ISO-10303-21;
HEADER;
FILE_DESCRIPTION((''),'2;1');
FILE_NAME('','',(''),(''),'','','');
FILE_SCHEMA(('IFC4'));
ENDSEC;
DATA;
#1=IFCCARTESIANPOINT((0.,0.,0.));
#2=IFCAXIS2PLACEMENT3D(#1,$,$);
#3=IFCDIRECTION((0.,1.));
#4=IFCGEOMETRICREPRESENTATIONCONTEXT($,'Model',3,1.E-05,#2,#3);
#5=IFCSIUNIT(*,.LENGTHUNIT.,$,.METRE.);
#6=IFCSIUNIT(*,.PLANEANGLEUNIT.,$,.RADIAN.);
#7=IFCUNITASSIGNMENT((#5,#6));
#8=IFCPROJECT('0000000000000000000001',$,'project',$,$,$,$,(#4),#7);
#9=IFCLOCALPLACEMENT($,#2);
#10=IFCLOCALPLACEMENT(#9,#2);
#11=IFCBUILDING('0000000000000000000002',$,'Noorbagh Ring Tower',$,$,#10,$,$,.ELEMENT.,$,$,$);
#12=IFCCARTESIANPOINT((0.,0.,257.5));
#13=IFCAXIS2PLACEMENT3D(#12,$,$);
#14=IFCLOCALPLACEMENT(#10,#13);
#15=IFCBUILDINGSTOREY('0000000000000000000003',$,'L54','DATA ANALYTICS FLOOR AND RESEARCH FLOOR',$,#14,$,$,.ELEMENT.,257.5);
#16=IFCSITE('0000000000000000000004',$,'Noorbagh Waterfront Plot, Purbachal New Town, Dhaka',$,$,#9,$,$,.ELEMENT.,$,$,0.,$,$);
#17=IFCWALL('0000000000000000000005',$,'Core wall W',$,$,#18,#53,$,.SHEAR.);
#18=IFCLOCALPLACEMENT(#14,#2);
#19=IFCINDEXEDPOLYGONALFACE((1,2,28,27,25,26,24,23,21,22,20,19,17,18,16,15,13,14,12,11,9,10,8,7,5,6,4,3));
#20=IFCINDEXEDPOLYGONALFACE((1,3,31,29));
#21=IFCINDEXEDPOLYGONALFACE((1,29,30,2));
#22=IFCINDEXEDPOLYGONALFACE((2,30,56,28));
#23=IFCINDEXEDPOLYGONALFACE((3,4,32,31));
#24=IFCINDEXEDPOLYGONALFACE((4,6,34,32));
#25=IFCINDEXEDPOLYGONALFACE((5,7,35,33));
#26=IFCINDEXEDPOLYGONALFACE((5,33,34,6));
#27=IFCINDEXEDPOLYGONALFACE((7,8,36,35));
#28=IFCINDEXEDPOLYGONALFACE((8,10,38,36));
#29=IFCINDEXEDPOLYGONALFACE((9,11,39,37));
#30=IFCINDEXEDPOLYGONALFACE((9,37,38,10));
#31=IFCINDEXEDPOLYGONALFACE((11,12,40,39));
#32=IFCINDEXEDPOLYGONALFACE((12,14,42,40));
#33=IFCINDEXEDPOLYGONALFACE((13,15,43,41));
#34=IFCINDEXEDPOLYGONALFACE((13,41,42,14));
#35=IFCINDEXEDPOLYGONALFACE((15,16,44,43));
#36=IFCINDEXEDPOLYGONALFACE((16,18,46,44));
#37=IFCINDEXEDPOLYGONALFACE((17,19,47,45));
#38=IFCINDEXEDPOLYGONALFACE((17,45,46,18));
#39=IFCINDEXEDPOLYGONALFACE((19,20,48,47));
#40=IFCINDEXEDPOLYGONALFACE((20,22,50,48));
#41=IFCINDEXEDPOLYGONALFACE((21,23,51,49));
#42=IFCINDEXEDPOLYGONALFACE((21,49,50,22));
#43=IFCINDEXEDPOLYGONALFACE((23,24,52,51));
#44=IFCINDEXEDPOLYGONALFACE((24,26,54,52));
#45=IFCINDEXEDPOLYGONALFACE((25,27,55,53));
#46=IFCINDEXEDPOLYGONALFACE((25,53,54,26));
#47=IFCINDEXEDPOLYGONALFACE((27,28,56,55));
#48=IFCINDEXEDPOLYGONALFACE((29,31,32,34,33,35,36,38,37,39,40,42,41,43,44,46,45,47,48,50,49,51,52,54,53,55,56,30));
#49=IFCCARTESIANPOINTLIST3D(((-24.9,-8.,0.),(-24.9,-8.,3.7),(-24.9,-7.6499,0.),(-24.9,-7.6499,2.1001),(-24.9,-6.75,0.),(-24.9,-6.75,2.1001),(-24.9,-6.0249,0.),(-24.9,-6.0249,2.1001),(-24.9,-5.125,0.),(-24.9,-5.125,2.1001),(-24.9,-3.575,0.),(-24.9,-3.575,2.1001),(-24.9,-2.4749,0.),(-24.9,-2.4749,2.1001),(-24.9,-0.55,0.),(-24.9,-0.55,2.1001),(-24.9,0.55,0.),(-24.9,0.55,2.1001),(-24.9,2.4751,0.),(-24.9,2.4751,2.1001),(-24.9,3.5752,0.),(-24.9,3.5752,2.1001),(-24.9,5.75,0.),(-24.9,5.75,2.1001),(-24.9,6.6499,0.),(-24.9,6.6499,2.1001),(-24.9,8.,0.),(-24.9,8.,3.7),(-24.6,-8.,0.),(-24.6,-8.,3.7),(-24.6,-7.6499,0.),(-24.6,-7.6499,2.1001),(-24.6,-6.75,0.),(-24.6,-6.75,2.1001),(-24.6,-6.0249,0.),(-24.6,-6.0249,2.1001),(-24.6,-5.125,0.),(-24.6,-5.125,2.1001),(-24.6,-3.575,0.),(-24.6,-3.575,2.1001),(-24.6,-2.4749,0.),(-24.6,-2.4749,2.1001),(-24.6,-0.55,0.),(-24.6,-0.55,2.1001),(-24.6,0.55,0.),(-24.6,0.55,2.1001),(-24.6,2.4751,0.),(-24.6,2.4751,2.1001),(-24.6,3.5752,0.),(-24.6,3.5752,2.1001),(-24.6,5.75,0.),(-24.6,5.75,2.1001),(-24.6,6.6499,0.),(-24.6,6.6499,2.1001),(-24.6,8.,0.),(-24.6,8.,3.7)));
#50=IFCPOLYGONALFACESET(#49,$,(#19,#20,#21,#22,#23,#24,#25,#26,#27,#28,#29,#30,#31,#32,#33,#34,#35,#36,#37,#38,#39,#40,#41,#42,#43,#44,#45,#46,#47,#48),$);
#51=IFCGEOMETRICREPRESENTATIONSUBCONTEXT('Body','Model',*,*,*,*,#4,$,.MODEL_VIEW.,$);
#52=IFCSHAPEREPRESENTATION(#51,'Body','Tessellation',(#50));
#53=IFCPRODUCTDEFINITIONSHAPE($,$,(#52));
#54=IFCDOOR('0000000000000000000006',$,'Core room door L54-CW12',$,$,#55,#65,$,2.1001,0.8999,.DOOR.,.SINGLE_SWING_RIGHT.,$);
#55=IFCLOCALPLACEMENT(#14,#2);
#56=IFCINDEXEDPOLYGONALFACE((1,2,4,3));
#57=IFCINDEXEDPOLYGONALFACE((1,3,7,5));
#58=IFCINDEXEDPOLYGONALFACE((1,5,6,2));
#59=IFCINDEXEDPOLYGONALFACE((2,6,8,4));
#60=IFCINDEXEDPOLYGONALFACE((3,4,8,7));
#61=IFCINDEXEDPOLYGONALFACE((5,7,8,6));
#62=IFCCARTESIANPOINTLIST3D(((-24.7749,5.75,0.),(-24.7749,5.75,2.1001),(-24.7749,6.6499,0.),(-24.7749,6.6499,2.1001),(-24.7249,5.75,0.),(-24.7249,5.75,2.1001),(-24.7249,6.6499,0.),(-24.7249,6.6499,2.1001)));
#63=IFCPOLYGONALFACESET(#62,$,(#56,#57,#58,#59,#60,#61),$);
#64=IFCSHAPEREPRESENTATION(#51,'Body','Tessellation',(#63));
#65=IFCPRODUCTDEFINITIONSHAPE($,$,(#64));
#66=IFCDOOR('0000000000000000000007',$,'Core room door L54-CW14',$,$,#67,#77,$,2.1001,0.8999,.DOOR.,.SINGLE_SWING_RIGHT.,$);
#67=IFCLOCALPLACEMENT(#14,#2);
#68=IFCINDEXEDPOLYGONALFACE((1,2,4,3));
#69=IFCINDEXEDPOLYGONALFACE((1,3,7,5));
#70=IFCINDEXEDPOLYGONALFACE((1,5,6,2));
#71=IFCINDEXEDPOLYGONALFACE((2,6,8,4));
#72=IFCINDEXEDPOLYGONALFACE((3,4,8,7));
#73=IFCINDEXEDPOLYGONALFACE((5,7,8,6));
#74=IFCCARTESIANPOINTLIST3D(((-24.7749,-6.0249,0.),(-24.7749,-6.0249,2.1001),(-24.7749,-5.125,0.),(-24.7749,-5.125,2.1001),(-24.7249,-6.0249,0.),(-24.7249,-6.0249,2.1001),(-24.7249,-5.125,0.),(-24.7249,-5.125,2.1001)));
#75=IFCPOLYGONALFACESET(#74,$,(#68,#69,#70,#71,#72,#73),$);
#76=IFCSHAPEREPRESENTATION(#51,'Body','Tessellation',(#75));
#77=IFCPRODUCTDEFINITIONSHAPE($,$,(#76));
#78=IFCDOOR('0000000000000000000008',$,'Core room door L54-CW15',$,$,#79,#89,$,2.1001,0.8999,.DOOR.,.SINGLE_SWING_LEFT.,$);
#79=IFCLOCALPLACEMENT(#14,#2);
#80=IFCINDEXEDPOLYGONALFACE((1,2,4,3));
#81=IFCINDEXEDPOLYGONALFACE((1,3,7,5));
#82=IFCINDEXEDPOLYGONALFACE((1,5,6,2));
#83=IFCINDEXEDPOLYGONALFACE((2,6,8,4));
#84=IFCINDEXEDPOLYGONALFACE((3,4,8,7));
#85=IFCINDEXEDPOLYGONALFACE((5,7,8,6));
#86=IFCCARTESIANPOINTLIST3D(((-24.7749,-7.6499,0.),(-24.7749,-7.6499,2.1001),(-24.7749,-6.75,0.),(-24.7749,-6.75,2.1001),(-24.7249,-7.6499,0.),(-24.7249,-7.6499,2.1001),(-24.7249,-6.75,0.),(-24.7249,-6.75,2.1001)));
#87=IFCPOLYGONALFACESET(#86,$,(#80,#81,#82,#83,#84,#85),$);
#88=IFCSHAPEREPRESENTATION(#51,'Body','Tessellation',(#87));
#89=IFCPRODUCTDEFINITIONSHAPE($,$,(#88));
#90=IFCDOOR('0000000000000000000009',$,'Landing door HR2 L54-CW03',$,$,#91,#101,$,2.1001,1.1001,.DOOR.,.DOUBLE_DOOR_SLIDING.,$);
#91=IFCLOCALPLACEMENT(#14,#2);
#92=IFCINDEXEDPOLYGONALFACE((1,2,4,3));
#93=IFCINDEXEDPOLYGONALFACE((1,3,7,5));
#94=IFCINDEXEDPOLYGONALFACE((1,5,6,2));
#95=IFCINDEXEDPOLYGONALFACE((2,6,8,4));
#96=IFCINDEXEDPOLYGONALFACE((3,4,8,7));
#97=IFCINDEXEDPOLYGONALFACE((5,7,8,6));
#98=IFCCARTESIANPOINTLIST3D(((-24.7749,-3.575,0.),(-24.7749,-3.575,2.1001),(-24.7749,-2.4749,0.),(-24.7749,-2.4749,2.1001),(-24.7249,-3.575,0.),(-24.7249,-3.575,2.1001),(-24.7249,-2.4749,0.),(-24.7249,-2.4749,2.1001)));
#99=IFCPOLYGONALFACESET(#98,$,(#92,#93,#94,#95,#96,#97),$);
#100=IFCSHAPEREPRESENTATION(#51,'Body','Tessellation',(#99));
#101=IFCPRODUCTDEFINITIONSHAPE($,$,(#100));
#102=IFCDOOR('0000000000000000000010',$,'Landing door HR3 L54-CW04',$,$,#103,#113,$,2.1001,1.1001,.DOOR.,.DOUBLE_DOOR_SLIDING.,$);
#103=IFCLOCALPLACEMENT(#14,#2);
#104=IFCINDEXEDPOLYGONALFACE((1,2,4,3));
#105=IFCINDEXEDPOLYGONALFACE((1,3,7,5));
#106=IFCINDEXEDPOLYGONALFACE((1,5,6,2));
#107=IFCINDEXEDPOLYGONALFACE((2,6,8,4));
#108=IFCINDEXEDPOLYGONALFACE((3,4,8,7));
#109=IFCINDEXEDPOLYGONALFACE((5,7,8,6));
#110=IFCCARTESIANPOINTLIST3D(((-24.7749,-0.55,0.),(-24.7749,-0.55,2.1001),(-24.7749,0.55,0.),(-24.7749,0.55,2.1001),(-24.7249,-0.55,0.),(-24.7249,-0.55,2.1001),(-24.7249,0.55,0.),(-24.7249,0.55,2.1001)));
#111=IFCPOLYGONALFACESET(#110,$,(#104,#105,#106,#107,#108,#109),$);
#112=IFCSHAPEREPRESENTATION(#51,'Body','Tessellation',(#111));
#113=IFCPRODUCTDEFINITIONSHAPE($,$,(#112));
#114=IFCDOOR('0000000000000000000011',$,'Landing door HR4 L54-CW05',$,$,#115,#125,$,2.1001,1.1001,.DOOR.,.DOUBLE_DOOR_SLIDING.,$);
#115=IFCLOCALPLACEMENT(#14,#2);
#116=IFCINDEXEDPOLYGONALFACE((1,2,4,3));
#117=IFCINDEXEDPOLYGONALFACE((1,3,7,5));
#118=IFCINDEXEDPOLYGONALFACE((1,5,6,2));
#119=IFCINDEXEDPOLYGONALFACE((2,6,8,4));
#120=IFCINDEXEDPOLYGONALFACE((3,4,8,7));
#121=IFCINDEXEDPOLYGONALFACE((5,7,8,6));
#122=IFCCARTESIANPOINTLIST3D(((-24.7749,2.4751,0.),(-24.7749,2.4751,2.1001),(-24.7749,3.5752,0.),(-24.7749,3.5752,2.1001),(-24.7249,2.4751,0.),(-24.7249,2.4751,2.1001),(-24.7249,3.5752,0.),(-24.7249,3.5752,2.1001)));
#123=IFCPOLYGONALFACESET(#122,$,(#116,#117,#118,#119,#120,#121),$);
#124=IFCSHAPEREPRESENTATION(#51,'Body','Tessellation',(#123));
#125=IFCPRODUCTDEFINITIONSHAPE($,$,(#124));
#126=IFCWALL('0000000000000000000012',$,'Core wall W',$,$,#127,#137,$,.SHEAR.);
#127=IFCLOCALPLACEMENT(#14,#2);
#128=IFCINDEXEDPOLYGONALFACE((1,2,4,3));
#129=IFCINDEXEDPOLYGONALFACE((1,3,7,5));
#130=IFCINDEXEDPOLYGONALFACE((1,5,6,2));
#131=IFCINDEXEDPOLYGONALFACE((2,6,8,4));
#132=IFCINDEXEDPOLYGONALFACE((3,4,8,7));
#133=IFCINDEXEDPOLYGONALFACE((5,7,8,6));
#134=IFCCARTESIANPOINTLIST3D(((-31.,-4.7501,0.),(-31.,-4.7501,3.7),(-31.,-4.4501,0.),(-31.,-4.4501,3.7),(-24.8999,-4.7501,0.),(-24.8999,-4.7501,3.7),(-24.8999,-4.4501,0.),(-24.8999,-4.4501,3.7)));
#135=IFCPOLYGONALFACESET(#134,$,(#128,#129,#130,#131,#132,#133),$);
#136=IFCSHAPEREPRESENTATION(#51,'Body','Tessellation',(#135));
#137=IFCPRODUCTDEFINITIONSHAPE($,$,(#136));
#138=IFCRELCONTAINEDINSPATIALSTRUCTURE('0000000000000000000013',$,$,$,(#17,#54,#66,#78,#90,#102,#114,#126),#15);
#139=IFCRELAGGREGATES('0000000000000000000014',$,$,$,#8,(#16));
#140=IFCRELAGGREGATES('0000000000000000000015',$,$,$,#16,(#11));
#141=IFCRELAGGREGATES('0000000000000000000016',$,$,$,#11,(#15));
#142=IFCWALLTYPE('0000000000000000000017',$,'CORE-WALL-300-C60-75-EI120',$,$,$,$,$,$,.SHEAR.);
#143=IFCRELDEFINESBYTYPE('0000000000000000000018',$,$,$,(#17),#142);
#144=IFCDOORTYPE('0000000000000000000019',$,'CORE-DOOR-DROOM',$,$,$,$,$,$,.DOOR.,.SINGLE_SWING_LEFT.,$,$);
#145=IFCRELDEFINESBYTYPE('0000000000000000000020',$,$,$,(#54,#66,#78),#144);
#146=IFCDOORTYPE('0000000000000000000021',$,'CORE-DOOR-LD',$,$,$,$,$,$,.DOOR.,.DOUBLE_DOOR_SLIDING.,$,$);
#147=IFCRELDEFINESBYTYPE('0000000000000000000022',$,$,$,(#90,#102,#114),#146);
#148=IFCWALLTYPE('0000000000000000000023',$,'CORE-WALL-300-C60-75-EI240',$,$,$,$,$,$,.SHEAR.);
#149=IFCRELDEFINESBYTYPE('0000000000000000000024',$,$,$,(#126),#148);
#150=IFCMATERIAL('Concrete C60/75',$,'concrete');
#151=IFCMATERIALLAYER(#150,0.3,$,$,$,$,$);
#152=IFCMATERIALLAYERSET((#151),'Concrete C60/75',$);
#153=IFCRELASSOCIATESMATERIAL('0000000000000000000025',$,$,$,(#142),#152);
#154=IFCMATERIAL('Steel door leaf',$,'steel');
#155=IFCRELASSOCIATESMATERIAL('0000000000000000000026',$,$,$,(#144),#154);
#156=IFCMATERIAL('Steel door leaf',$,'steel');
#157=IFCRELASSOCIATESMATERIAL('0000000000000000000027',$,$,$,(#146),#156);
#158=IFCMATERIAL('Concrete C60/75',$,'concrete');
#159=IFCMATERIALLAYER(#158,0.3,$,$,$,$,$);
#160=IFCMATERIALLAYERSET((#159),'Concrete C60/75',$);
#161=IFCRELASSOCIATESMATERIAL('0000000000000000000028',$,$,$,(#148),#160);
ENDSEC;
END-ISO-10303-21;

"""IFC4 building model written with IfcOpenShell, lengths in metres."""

from ifc_helpers import new_model, si_unit, direction, frame, frame_2d, origin, place, context, subcontext, project, spatial, rectangle, extrude, material, layer, layer_set, type_object, element, fill, save


model = new_model("IFC4")

# Units and contexts
model_context = context("Model", 3, precision=1e-05, world=origin(), true_north=direction((0.0, 1.0)))
body_context = subcontext(model_context, "Body", "Model", "MODEL_VIEW")
ifc_project = project(units=[si_unit("LENGTHUNIT", "METRE"), si_unit("PLANEANGLEUNIT", "RADIAN")], contexts=[model_context])

# Site, building, storey
site_placement = place(None, origin())
site = spatial("IfcSite", under=ifc_project, at=site_placement, Name="Noorbagh Waterfront Plot, Purbachal New Town, Dhaka", CompositionType="ELEMENT", RefElevation=0.0)
building_placement = place(site_placement, origin())
building = spatial("IfcBuilding", under=site, at=building_placement, Name="Noorbagh Ring Tower", CompositionType="ELEMENT")
storey_placement = place(building_placement, frame((0.0, 0.0, 257.5)))
storey = spatial("IfcBuildingStorey", under=building, at=storey_placement, Name="L54", Description="DATA ANALYTICS FLOOR AND RESEARCH FLOOR", CompositionType="ELEMENT", Elevation=257.5)

# Shared definitions
ifc_material_1 = material(Name="Concrete C60/75", Category="concrete")
ifc_layer_1 = layer(ifc_material_1, 0.3)
ifc_layer_set_1 = layer_set([ifc_layer_1], Name="Concrete C60/75")
wall_type_1 = type_object("IfcWallType", Name="CORE-WALL-300-C60-75-EI120", PredefinedType="SHEAR", material=ifc_layer_set_1)

# Wall, openings, doors
wall_1_placement = place(storey_placement, frame((-24.75, -8.0, 0.0), z_axis=(0.0, 0.0, 1.0), x_axis=(0.0, 1.0, 0.0)))
wall_1 = element("IfcWall", 1, at=wall_1_placement, inside=storey, type_object=wall_type_1, Name="Core wall W", PredefinedType="SHEAR", context=body_context, shape_type="SweptSolid", body=[
    extrude(rectangle(XDim=16.0, YDim=0.3, at=frame_2d((8.0, 0.0))), origin(), (0.0, 0.0, 1.0), 3.7),
])
opening_1_placement = place(wall_1_placement, frame((4.425, 0.0, 0.0)))
opening_1 = element("IfcOpeningElement", 2, at=opening_1_placement, cuts=wall_1, PredefinedType="OPENING", context=body_context, shape_type="SweptSolid", body=[
    extrude(rectangle(XDim=1.1001, YDim=2.1001, at=frame_2d((0.55, 1.05))), frame((0.0, 0.1602, 0.0), z_axis=(0.0, -1.0, 0.0), x_axis=(1.0, 0.0, 0.0)), (0.0, 0.0, 1.0), 0.3201),
])
opening_2_placement = place(wall_1_placement, frame((7.45, 0.0, 0.0)))
opening_2 = element("IfcOpeningElement", 3, at=opening_2_placement, cuts=wall_1, PredefinedType="OPENING", context=body_context, shape_type="SweptSolid", body=[
    extrude(rectangle(XDim=1.1001, YDim=2.1001, at=frame_2d((0.55, 1.05))), frame((0.0, 0.1602, 0.0), z_axis=(0.0, -1.0, 0.0), x_axis=(1.0, 0.0, 0.0)), (0.0, 0.0, 1.0), 0.3201),
])
opening_3_placement = place(wall_1_placement, frame((10.4751, 0.0, 0.0)))
opening_3 = element("IfcOpeningElement", 4, at=opening_3_placement, cuts=wall_1, PredefinedType="OPENING", context=body_context, shape_type="SweptSolid", body=[
    extrude(rectangle(XDim=1.1001, YDim=2.1001, at=frame_2d((0.55, 1.05))), frame((0.0, 0.1602, 0.0), z_axis=(0.0, -1.0, 0.0), x_axis=(1.0, 0.0, 0.0)), (0.0, 0.0, 1.0), 0.3201),
])
opening_4_placement = place(wall_1_placement, frame((13.75, 0.0, 0.0)))
opening_4 = element("IfcOpeningElement", 5, at=opening_4_placement, cuts=wall_1, PredefinedType="OPENING", context=body_context, shape_type="SweptSolid", body=[
    extrude(rectangle(XDim=0.8999, YDim=2.1001, at=frame_2d((0.45, 1.05))), frame((0.0, 0.1602, 0.0), z_axis=(0.0, -1.0, 0.0), x_axis=(1.0, 0.0, 0.0)), (0.0, 0.0, 1.0), 0.3201),
])
opening_5_placement = place(wall_1_placement, frame((1.9751, 0.0, 0.0)))
opening_5 = element("IfcOpeningElement", 6, at=opening_5_placement, cuts=wall_1, PredefinedType="OPENING", context=body_context, shape_type="SweptSolid", body=[
    extrude(rectangle(XDim=0.8999, YDim=2.1001, at=frame_2d((0.45, 1.05))), frame((0.0, 0.1602, 0.0), z_axis=(0.0, -1.0, 0.0), x_axis=(1.0, 0.0, 0.0)), (0.0, 0.0, 1.0), 0.3201),
])
opening_6_placement = place(wall_1_placement, frame((0.3501, 0.0, 0.0)))
opening_6 = element("IfcOpeningElement", 7, at=opening_6_placement, cuts=wall_1, PredefinedType="OPENING", context=body_context, shape_type="SweptSolid", body=[
    extrude(rectangle(XDim=0.8999, YDim=2.1001, at=frame_2d((0.45, 1.05))), frame((0.0, 0.1602, 0.0), z_axis=(0.0, -1.0, 0.0), x_axis=(1.0, 0.0, 0.0)), (0.0, 0.0, 1.0), 0.3201),
])
ifc_material_2 = material(Name="Steel door leaf", Category="steel")
door_type_1 = type_object("IfcDoorType", Name="CORE-DOOR-DROOM", OperationType="SINGLE_SWING_LEFT", PredefinedType="DOOR", material=ifc_material_2)
door_1_placement = place(opening_4_placement, origin())
door_1 = element("IfcDoor", 8, at=door_1_placement, inside=storey, type_object=door_type_1, Name="Core room door L54-CW12", OperationType="SINGLE_SWING_RIGHT", OverallHeight=2.1001, OverallWidth=0.8999, PredefinedType="DOOR", context=body_context, shape_type="SweptSolid", body=[
    extrude(rectangle(XDim=0.8999, YDim=2.1001, at=frame_2d((0.45, 1.05))), frame((0.0, 0.0249, 0.0), z_axis=(0.0, -1.0, 0.0), x_axis=(1.0, 0.0, 0.0)), (0.0, 0.0, 1.0), 0.05),
])
fill(opening_4, door_1)
door_2_placement = place(opening_5_placement, origin())
door_2 = element("IfcDoor", 9, at=door_2_placement, inside=storey, type_object=door_type_1, Name="Core room door L54-CW14", OperationType="SINGLE_SWING_RIGHT", OverallHeight=2.1001, OverallWidth=0.8999, PredefinedType="DOOR", context=body_context, shape_type="SweptSolid", body=[
    extrude(rectangle(XDim=0.8999, YDim=2.1001, at=frame_2d((0.45, 1.05))), frame((0.0, 0.0249, 0.0), z_axis=(0.0, -1.0, 0.0), x_axis=(1.0, 0.0, 0.0)), (0.0, 0.0, 1.0), 0.05),
])
fill(opening_5, door_2)
door_3_placement = place(opening_6_placement, origin())
door_3 = element("IfcDoor", 10, at=door_3_placement, inside=storey, type_object=door_type_1, Name="Core room door L54-CW15", OperationType="SINGLE_SWING_LEFT", OverallHeight=2.1001, OverallWidth=0.8999, PredefinedType="DOOR", context=body_context, shape_type="SweptSolid", body=[
    extrude(rectangle(XDim=0.8999, YDim=2.1001, at=frame_2d((0.45, 1.05))), frame((0.0, 0.0249, 0.0), z_axis=(0.0, -1.0, 0.0), x_axis=(1.0, 0.0, 0.0)), (0.0, 0.0, 1.0), 0.05),
])
fill(opening_6, door_3)
ifc_material_3 = material(Name="Steel door leaf", Category="steel")
door_type_2 = type_object("IfcDoorType", Name="CORE-DOOR-LD", OperationType="DOUBLE_DOOR_SLIDING", PredefinedType="DOOR", material=ifc_material_3)
door_4_placement = place(opening_1_placement, origin())
door_4 = element("IfcDoor", 11, at=door_4_placement, inside=storey, type_object=door_type_2, Name="Landing door HR2 L54-CW03", OperationType="DOUBLE_DOOR_SLIDING", OverallHeight=2.1001, OverallWidth=1.1001, PredefinedType="DOOR", context=body_context, shape_type="SweptSolid", body=[
    extrude(rectangle(XDim=1.1001, YDim=2.1001, at=frame_2d((0.55, 1.05))), frame((0.0, 0.0249, 0.0), z_axis=(0.0, -1.0, 0.0), x_axis=(1.0, 0.0, 0.0)), (0.0, 0.0, 1.0), 0.05),
])
fill(opening_1, door_4)
door_5_placement = place(opening_2_placement, origin())
door_5 = element("IfcDoor", 12, at=door_5_placement, inside=storey, type_object=door_type_2, Name="Landing door HR3 L54-CW04", OperationType="DOUBLE_DOOR_SLIDING", OverallHeight=2.1001, OverallWidth=1.1001, PredefinedType="DOOR", context=body_context, shape_type="SweptSolid", body=[
    extrude(rectangle(XDim=1.1001, YDim=2.1001, at=frame_2d((0.55, 1.05))), frame((0.0, 0.0249, 0.0), z_axis=(0.0, -1.0, 0.0), x_axis=(1.0, 0.0, 0.0)), (0.0, 0.0, 1.0), 0.05),
])
fill(opening_2, door_5)
door_6_placement = place(opening_3_placement, origin())
door_6 = element("IfcDoor", 13, at=door_6_placement, inside=storey, type_object=door_type_2, Name="Landing door HR4 L54-CW05", OperationType="DOUBLE_DOOR_SLIDING", OverallHeight=2.1001, OverallWidth=1.1001, PredefinedType="DOOR", context=body_context, shape_type="SweptSolid", body=[
    extrude(rectangle(XDim=1.1001, YDim=2.1001, at=frame_2d((0.55, 1.05))), frame((0.0, 0.0249, 0.0), z_axis=(0.0, -1.0, 0.0), x_axis=(1.0, 0.0, 0.0)), (0.0, 0.0, 1.0), 0.05),
])
fill(opening_3, door_6)

# Wall
ifc_material_4 = material(Name="Concrete C60/75", Category="concrete")
ifc_layer_2 = layer(ifc_material_4, 0.3)
ifc_layer_set_2 = layer_set([ifc_layer_2], Name="Concrete C60/75")
wall_type_2 = type_object("IfcWallType", Name="CORE-WALL-300-C60-75-EI240", PredefinedType="SHEAR", material=ifc_layer_set_2)
wall_2_placement = place(storey_placement, frame((-24.8999, -4.6001, 0.0), z_axis=(0.0, 0.0, 1.0), x_axis=(-1.0, 0.0, 0.0)))
element("IfcWall", 14, at=wall_2_placement, inside=storey, type_object=wall_type_2, Name="Core wall W", PredefinedType="SHEAR", context=body_context, shape_type="SweptSolid", body=[
    extrude(rectangle(XDim=6.1001, YDim=0.3, at=frame_2d((3.05, 0.0))), origin(), (0.0, 0.0, 1.0), 3.7),
])

save(model, "model.ifc")
